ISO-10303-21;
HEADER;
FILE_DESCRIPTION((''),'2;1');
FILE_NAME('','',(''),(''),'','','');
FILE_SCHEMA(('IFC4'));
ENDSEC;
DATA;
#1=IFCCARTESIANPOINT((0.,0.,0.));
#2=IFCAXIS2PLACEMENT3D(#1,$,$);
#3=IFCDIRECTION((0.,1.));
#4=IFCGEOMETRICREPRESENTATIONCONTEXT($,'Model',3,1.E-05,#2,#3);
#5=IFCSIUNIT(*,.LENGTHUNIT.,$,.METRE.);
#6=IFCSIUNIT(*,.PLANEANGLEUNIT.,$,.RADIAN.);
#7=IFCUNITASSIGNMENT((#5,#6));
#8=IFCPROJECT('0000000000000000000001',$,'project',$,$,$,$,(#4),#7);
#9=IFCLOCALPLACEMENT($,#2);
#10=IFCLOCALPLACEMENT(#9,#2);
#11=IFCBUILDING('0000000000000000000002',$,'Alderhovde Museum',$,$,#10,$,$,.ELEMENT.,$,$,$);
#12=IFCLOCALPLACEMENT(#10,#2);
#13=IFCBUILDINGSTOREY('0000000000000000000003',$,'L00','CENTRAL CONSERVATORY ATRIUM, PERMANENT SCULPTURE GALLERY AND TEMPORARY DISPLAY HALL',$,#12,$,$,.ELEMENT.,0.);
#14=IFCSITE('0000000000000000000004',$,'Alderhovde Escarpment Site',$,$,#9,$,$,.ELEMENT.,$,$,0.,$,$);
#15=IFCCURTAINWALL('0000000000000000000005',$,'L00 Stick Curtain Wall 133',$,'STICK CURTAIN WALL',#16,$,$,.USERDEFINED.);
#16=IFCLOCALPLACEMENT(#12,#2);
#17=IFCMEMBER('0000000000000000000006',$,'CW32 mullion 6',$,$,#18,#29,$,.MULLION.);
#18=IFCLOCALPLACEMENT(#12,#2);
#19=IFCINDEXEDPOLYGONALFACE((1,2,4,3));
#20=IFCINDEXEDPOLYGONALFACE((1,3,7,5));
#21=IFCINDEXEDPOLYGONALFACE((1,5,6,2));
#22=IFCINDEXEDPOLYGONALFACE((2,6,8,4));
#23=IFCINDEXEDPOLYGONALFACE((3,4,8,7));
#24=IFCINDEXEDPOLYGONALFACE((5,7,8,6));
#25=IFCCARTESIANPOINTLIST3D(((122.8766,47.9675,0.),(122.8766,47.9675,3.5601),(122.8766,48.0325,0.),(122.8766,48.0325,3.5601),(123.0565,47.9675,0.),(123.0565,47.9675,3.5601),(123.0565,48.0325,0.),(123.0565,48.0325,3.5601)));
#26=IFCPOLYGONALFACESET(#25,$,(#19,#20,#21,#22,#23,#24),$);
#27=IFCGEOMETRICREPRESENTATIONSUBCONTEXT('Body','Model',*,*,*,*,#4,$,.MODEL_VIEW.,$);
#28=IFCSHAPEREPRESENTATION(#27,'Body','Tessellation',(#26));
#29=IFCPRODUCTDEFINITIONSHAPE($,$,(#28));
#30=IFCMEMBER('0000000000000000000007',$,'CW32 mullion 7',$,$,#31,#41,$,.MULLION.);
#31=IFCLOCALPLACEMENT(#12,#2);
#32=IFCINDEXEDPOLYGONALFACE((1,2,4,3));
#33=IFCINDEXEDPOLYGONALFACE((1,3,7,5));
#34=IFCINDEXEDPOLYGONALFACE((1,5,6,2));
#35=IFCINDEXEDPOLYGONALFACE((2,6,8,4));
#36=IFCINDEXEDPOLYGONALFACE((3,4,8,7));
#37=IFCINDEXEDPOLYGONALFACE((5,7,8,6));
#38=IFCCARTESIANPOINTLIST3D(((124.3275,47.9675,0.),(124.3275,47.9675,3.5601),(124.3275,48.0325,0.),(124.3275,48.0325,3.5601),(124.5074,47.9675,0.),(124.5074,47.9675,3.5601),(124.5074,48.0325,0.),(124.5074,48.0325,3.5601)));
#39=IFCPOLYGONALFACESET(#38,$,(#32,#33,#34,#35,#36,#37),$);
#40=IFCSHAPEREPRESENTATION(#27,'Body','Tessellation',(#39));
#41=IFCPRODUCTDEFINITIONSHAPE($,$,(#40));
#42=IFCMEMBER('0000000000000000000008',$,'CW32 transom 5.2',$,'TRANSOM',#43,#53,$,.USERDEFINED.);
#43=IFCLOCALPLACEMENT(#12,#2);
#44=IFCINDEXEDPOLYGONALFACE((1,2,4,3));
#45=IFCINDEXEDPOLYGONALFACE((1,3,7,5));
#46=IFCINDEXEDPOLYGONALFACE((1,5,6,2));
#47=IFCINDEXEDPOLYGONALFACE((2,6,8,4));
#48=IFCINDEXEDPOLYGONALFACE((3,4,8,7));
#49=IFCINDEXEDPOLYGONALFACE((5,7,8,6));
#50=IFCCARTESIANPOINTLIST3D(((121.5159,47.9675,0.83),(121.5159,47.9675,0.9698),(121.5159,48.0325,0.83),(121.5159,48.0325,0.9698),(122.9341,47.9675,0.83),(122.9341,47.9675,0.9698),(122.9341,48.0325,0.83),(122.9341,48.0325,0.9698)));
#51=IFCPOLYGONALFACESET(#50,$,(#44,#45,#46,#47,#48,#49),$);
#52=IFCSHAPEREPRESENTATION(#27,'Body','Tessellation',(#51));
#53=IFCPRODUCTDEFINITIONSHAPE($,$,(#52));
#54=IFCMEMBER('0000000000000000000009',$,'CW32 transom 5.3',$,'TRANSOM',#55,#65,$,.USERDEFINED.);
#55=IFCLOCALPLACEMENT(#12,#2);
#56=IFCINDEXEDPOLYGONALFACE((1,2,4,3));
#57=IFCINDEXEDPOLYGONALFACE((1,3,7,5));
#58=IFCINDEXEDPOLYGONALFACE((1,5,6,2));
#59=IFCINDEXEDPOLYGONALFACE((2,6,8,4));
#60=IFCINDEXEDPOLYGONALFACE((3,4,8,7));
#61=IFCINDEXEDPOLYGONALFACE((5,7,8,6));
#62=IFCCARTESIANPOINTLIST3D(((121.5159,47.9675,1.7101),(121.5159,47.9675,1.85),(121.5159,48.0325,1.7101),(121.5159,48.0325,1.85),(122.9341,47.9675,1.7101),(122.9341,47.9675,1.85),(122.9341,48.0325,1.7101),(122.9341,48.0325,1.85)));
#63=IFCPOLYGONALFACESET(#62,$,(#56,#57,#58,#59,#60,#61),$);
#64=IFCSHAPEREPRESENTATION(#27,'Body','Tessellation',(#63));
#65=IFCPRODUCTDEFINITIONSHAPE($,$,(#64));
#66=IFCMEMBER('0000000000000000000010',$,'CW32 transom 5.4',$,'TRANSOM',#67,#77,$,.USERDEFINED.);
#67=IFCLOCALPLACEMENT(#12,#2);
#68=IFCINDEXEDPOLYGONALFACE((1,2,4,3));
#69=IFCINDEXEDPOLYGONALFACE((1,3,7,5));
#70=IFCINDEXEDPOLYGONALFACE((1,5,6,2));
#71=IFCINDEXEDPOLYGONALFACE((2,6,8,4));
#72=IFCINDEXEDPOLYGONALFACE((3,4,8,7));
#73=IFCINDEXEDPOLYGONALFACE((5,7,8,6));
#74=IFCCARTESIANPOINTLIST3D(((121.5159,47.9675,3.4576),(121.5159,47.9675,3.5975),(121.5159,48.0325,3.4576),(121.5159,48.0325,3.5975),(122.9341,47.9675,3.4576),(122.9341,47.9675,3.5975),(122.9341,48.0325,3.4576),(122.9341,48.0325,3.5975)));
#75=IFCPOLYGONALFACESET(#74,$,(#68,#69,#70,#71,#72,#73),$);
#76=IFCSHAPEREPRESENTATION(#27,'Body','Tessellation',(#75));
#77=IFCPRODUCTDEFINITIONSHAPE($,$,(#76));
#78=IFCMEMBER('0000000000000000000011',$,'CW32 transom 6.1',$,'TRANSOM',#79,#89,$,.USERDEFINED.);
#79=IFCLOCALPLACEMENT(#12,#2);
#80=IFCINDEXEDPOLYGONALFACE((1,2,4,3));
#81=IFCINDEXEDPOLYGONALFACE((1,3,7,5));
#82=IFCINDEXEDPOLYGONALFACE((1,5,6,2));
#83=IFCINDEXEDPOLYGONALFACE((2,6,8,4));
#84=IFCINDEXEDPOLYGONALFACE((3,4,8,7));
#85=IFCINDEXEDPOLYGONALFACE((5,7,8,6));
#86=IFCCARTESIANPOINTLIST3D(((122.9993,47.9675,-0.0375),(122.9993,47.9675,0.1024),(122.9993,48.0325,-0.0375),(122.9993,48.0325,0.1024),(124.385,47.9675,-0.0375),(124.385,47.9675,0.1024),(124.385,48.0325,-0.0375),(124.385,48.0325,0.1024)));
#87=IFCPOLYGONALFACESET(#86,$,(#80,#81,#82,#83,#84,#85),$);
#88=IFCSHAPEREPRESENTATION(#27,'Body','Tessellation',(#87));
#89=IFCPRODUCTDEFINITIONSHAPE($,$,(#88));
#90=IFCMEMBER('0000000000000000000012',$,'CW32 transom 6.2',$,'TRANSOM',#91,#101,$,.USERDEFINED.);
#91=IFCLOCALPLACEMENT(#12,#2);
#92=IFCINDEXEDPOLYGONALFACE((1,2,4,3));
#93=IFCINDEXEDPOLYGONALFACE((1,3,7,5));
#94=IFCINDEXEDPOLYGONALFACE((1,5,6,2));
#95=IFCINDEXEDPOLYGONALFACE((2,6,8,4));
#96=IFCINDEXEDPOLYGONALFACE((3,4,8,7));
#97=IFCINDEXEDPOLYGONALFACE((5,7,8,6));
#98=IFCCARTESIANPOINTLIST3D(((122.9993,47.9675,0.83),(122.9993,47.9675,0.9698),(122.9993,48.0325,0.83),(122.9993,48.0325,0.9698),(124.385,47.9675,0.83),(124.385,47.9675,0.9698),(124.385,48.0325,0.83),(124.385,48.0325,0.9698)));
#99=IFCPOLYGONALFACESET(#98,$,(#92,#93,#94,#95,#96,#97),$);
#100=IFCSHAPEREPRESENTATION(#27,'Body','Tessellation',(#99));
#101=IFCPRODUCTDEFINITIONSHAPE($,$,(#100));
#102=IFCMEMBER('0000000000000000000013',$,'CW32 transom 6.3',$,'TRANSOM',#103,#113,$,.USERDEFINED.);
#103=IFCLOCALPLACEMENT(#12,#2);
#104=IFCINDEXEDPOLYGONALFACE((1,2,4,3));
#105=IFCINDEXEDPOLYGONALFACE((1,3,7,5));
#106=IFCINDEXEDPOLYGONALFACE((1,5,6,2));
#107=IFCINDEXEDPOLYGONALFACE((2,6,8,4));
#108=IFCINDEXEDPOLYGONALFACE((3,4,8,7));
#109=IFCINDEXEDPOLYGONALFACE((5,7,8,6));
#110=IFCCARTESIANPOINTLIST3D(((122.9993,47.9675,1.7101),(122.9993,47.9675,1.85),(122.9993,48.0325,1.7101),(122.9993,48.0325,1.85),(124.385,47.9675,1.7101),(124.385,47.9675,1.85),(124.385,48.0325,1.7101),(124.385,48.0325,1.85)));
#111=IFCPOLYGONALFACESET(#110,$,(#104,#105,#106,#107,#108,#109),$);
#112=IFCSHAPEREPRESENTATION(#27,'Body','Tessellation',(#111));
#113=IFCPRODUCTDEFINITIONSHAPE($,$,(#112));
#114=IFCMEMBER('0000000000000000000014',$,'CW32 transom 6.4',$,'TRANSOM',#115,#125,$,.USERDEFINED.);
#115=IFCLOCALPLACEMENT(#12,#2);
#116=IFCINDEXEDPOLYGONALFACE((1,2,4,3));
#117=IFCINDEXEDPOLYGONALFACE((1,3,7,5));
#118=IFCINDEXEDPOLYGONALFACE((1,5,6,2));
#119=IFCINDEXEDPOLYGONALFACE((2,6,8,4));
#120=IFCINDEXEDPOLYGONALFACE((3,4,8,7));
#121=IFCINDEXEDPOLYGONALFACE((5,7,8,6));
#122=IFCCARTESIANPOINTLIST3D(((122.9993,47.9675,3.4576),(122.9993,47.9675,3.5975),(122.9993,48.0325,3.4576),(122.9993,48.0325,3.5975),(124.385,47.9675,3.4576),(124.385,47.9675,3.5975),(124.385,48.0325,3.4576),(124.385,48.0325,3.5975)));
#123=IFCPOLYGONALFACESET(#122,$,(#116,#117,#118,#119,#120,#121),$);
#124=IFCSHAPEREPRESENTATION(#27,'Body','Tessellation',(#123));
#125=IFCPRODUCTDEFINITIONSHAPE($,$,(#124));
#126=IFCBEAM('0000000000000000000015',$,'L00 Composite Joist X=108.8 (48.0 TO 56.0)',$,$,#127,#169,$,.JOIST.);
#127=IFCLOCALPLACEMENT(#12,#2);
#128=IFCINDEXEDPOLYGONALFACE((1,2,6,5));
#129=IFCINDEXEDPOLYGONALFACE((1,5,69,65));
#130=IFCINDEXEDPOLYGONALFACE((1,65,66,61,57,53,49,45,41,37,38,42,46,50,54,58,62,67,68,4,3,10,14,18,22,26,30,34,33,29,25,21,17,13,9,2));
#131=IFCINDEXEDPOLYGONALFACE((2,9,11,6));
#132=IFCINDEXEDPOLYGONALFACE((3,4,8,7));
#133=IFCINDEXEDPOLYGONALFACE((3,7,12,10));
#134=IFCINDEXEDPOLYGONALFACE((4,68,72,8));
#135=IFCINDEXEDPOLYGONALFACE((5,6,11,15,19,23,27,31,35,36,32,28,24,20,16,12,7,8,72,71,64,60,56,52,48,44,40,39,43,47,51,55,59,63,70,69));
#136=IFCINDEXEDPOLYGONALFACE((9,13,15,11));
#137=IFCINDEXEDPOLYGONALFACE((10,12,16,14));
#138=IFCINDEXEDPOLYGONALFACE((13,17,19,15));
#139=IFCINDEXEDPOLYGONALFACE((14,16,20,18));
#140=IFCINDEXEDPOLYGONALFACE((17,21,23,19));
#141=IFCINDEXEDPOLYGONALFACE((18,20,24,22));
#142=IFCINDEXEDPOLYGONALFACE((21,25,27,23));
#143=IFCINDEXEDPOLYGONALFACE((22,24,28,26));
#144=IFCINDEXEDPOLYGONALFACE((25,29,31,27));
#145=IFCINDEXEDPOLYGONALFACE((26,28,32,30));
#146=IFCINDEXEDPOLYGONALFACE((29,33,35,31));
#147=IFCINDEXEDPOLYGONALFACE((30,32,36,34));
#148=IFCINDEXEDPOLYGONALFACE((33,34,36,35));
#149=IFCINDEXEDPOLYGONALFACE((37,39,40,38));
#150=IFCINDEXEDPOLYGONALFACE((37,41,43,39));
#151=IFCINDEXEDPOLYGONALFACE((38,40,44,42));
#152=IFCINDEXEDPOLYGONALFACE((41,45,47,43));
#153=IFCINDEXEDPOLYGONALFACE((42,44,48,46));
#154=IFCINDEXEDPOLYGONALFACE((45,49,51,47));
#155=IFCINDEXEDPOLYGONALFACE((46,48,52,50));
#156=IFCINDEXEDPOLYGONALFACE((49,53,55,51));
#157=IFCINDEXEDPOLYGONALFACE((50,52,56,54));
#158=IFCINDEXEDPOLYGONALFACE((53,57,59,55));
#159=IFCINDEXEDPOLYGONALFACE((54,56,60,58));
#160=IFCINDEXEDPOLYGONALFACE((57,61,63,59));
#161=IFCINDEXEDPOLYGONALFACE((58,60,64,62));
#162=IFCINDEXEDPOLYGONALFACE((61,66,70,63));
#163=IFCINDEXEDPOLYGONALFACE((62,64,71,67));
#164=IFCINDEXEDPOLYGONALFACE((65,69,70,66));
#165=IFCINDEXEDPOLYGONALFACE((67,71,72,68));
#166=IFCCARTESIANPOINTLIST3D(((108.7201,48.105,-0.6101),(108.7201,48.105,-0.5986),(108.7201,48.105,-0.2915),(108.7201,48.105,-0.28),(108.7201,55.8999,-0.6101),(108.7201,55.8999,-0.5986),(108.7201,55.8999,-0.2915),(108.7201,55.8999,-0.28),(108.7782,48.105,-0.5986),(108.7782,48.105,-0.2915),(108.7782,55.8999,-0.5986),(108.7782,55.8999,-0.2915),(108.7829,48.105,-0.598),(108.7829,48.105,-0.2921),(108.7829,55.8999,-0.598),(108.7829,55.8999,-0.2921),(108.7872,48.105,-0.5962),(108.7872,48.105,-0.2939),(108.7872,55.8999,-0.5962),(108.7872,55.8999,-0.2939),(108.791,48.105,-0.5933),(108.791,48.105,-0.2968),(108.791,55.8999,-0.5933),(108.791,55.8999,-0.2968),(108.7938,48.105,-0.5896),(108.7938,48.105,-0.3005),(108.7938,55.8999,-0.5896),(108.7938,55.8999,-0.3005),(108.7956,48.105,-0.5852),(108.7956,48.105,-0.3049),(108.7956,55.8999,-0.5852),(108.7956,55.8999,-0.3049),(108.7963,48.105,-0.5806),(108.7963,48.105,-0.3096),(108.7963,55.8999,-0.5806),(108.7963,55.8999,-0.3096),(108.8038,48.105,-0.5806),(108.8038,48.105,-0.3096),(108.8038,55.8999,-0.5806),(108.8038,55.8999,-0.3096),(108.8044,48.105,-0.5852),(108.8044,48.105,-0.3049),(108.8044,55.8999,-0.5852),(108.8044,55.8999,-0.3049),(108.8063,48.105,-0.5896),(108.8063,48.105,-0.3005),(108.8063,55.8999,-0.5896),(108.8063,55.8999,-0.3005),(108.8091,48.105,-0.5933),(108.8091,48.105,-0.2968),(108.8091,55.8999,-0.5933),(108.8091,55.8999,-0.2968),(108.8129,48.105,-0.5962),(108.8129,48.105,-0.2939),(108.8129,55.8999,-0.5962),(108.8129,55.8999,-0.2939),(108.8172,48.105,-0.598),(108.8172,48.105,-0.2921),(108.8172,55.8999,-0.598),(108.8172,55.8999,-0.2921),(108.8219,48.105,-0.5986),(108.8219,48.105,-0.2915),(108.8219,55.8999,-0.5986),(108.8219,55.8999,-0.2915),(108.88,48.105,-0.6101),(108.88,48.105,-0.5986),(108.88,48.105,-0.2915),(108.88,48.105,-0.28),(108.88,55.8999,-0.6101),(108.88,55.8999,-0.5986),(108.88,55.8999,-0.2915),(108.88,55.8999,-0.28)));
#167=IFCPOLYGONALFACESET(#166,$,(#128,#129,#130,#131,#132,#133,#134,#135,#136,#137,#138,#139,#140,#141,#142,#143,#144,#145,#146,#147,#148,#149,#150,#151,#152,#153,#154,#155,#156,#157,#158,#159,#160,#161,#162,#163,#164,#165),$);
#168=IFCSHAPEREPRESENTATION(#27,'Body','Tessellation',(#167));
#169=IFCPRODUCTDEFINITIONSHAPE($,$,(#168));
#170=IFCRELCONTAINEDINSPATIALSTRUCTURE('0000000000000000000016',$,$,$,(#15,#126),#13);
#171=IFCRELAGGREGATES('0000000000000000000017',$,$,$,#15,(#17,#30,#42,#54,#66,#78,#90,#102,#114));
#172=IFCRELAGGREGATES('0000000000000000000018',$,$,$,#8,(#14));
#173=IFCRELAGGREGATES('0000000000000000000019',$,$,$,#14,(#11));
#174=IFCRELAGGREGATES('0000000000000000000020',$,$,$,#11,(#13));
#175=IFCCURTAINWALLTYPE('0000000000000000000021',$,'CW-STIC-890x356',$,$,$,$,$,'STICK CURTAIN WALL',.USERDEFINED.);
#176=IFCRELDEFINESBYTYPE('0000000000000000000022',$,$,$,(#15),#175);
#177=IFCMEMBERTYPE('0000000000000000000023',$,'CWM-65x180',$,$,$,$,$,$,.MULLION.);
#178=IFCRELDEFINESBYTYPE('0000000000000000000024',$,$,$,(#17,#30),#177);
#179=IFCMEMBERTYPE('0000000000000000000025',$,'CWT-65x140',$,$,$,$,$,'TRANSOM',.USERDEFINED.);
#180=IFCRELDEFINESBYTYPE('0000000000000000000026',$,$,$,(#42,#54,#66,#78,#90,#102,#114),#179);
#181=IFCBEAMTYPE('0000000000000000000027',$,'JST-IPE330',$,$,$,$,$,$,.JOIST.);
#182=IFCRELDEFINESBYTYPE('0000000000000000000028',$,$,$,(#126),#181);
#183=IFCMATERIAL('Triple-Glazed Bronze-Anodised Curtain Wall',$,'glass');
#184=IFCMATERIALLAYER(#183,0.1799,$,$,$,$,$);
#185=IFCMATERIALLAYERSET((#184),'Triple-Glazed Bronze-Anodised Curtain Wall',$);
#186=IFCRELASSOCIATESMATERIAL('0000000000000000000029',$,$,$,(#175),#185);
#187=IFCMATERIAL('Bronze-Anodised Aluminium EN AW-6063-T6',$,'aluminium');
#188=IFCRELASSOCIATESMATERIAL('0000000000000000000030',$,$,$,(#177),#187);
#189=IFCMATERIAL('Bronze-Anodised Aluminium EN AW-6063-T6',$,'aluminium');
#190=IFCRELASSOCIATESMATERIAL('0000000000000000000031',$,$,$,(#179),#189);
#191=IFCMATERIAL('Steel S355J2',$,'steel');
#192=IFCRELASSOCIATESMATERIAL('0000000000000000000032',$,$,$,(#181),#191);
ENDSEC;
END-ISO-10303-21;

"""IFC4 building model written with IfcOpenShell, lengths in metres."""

from ifc_helpers import new_model, si_unit, direction, frame, origin, origin_2d, place, context, subcontext, project, spatial, rectangle, i_section, extrude, material, layer, layer_set, material_profile, profile_set, type_object, element, aggregate, save


model = new_model("IFC4")

# Units and contexts
model_context = context("Model", 3, precision=1e-05, world=origin(), true_north=direction((0.0, 1.0)))
body_context = subcontext(model_context, "Body", "Model", "MODEL_VIEW")
ifc_project = project(units=[si_unit("LENGTHUNIT", "METRE"), si_unit("PLANEANGLEUNIT", "RADIAN")], contexts=[model_context])

# Site, building, storey
site_placement = place(None, origin())
site = spatial("IfcSite", under=ifc_project, at=site_placement, Name="Alderhovde Escarpment Site", CompositionType="ELEMENT", RefElevation=0.0)
building_placement = place(site_placement, origin())
building = spatial("IfcBuilding", under=site, at=building_placement, Name="Alderhovde Museum", CompositionType="ELEMENT")
storey_placement = place(building_placement, origin())
storey = spatial("IfcBuildingStorey", under=building, at=storey_placement, Name="L00", Description="CENTRAL CONSERVATORY ATRIUM, PERMANENT SCULPTURE GALLERY AND TEMPORARY DISPLAY HALL", CompositionType="ELEMENT", Elevation=0.0)

# Curtain wall, members
ifc_material_1 = material(Name="Triple-Glazed Bronze-Anodised Curtain Wall", Category="glass")
ifc_layer_1 = layer(ifc_material_1, 0.1799)
ifc_layer_set_1 = layer_set([ifc_layer_1], Name="Triple-Glazed Bronze-Anodised Curtain Wall")
curtain_wall_type = type_object("IfcCurtainWallType", Name="CW-STIC-890x356", ElementType="STICK CURTAIN WALL", PredefinedType="USERDEFINED", material=ifc_layer_set_1)
curtain_wall_placement = place(storey_placement, origin())
curtain_wall = element("IfcCurtainWall", 1, at=curtain_wall_placement, inside=storey, type_object=curtain_wall_type, Name="L00 Stick Curtain Wall 133", ObjectType="STICK CURTAIN WALL", PredefinedType="USERDEFINED")
ifc_material_2 = material(Name="Bronze-Anodised Aluminium EN AW-6063-T6", Category="aluminium")
ifc_material_profile_1 = material_profile(ifc_material_2, rectangle(XDim=0.0649, YDim=0.1799, at=origin_2d()), Name="MULLION 65x180")
ifc_profile_set_1 = profile_set([ifc_material_profile_1], Name="Bronze-Anodised Aluminium EN AW-6063-T6")
member_type_1 = type_object("IfcMemberType", Name="CWM-65x180", PredefinedType="MULLION", material=ifc_profile_set_1)
member_1_placement = place(storey_placement, frame((122.9666, 48.0, 0.0), z_axis=(0.0, 0.0, 1.0), x_axis=(0.0, 1.0, 0.0)))
member_1 = element("IfcMember", 2, at=member_1_placement, type_object=member_type_1, Name="CW32 mullion 6", PredefinedType="MULLION", context=body_context, shape_type="SweptSolid", body=[
    extrude(rectangle(XDim=0.0649, YDim=0.1799, at=origin_2d()), origin(), (0.0, 0.0, 1.0), 3.5601),
])
member_2_placement = place(storey_placement, frame((124.4175, 48.0, 0.0), z_axis=(0.0, 0.0, 1.0), x_axis=(0.0, 1.0, 0.0)))
member_2 = element("IfcMember", 3, at=member_2_placement, type_object=member_type_1, Name="CW32 mullion 7", PredefinedType="MULLION", context=body_context, shape_type="SweptSolid", body=[
    extrude(rectangle(XDim=0.0649, YDim=0.1799, at=origin_2d()), origin(), (0.0, 0.0, 1.0), 3.5601),
])
ifc_material_3 = material(Name="Bronze-Anodised Aluminium EN AW-6063-T6", Category="aluminium")
ifc_material_profile_2 = material_profile(ifc_material_3, rectangle(XDim=0.0649, YDim=0.1399, at=origin_2d()), Name="TRANSOM 65x140")
ifc_profile_set_2 = profile_set([ifc_material_profile_2], Name="Bronze-Anodised Aluminium EN AW-6063-T6")
member_type_2 = type_object("IfcMemberType", Name="CWT-65x140", ElementType="TRANSOM", PredefinedType="USERDEFINED", material=ifc_profile_set_2)
member_3_placement = place(storey_placement, frame((121.5159, 48.0, 0.8999), z_axis=(1.0, 0.0, 0.0), x_axis=(0.0, 1.0, 0.0)))
member_3 = element("IfcMember", 4, at=member_3_placement, type_object=member_type_2, Name="CW32 transom 5.2", ObjectType="TRANSOM", PredefinedType="USERDEFINED", context=body_context, shape_type="SweptSolid", body=[
    extrude(rectangle(XDim=0.0649, YDim=0.1399, at=origin_2d()), origin(), (0.0, 0.0, 1.0), 1.4182),
])
member_4_placement = place(storey_placement, frame((121.5159, 48.0, 1.78), z_axis=(1.0, 0.0, 0.0), x_axis=(0.0, 1.0, 0.0)))
member_4 = element("IfcMember", 5, at=member_4_placement, type_object=member_type_2, Name="CW32 transom 5.3", ObjectType="TRANSOM", PredefinedType="USERDEFINED", context=body_context, shape_type="SweptSolid", body=[
    extrude(rectangle(XDim=0.0649, YDim=0.1399, at=origin_2d()), origin(), (0.0, 0.0, 1.0), 1.4182),
])
member_5_placement = place(storey_placement, frame((121.5159, 48.0, 3.5276), z_axis=(1.0, 0.0, 0.0), x_axis=(0.0, 1.0, 0.0)))
member_5 = element("IfcMember", 6, at=member_5_placement, type_object=member_type_2, Name="CW32 transom 5.4", ObjectType="TRANSOM", PredefinedType="USERDEFINED", context=body_context, shape_type="SweptSolid", body=[
    extrude(rectangle(XDim=0.0649, YDim=0.1399, at=origin_2d()), origin(), (0.0, 0.0, 1.0), 1.4182),
])
member_6_placement = place(storey_placement, frame((122.9993, 48.0, 0.0325), z_axis=(1.0, 0.0, 0.0), x_axis=(0.0, 1.0, 0.0)))
member_6 = element("IfcMember", 7, at=member_6_placement, type_object=member_type_2, Name="CW32 transom 6.1", ObjectType="TRANSOM", PredefinedType="USERDEFINED", context=body_context, shape_type="SweptSolid", body=[
    extrude(rectangle(XDim=0.0649, YDim=0.1399, at=origin_2d()), origin(), (0.0, 0.0, 1.0), 1.3857),
])
member_7_placement = place(storey_placement, frame((122.9993, 48.0, 0.8999), z_axis=(1.0, 0.0, 0.0), x_axis=(0.0, 1.0, 0.0)))
member_7 = element("IfcMember", 8, at=member_7_placement, type_object=member_type_2, Name="CW32 transom 6.2", ObjectType="TRANSOM", PredefinedType="USERDEFINED", context=body_context, shape_type="SweptSolid", body=[
    extrude(rectangle(XDim=0.0649, YDim=0.1399, at=origin_2d()), origin(), (0.0, 0.0, 1.0), 1.3857),
])
member_8_placement = place(storey_placement, frame((122.9993, 48.0, 1.78), z_axis=(1.0, 0.0, 0.0), x_axis=(0.0, 1.0, 0.0)))
member_8 = element("IfcMember", 9, at=member_8_placement, type_object=member_type_2, Name="CW32 transom 6.3", ObjectType="TRANSOM", PredefinedType="USERDEFINED", context=body_context, shape_type="SweptSolid", body=[
    extrude(rectangle(XDim=0.0649, YDim=0.1399, at=origin_2d()), origin(), (0.0, 0.0, 1.0), 1.3857),
])
member_9_placement = place(storey_placement, frame((122.9993, 48.0, 3.5276), z_axis=(1.0, 0.0, 0.0), x_axis=(0.0, 1.0, 0.0)))
member_9 = element("IfcMember", 10, at=member_9_placement, type_object=member_type_2, Name="CW32 transom 6.4", ObjectType="TRANSOM", PredefinedType="USERDEFINED", context=body_context, shape_type="SweptSolid", body=[
    extrude(rectangle(XDim=0.0649, YDim=0.1399, at=origin_2d()), origin(), (0.0, 0.0, 1.0), 1.3857),
])

# Beam
ifc_material_4 = material(Name="Steel S355J2", Category="steel")
ifc_material_profile_3 = material_profile(ifc_material_4, i_section(OverallWidth=0.1599, OverallDepth=0.3301, WebThickness=0.0076, FlangeThickness=0.0115, FilletRadius=0.0181, at=origin_2d()), Name="IPE 330")
ifc_profile_set_3 = profile_set([ifc_material_profile_3], Name="Steel S355J2")
beam_type_1 = type_object("IfcBeamType", Name="JST-IPE330", PredefinedType="JOIST", material=ifc_profile_set_3)
for number, where, z_axis, x_axis, name in (
    (11, (108.8, 48.105, -0.4451), (0.0, 1.0, 0.0), (-1.0, 0.0, 0.0), "L00 Composite Joist X=108.8 (48.0 TO 56.0)"),
):
    element("IfcBeam", number, at=place(storey_placement, frame(where, z_axis=z_axis, x_axis=x_axis)), inside=storey, type_object=beam_type_1, Name=name, PredefinedType="JOIST", context=body_context, shape_type="SweptSolid", body=[
        extrude(i_section(OverallWidth=0.1599, OverallDepth=0.3301, WebThickness=0.0076, FlangeThickness=0.0115, FilletRadius=0.0181, at=origin_2d()), origin(), (0.0, 0.0, 1.0), 7.7949),
    ])

aggregate(curtain_wall, [member_1, member_2, member_3, member_4, member_5, member_6, member_7, member_8, member_9])

save(model, "model.ifc")
